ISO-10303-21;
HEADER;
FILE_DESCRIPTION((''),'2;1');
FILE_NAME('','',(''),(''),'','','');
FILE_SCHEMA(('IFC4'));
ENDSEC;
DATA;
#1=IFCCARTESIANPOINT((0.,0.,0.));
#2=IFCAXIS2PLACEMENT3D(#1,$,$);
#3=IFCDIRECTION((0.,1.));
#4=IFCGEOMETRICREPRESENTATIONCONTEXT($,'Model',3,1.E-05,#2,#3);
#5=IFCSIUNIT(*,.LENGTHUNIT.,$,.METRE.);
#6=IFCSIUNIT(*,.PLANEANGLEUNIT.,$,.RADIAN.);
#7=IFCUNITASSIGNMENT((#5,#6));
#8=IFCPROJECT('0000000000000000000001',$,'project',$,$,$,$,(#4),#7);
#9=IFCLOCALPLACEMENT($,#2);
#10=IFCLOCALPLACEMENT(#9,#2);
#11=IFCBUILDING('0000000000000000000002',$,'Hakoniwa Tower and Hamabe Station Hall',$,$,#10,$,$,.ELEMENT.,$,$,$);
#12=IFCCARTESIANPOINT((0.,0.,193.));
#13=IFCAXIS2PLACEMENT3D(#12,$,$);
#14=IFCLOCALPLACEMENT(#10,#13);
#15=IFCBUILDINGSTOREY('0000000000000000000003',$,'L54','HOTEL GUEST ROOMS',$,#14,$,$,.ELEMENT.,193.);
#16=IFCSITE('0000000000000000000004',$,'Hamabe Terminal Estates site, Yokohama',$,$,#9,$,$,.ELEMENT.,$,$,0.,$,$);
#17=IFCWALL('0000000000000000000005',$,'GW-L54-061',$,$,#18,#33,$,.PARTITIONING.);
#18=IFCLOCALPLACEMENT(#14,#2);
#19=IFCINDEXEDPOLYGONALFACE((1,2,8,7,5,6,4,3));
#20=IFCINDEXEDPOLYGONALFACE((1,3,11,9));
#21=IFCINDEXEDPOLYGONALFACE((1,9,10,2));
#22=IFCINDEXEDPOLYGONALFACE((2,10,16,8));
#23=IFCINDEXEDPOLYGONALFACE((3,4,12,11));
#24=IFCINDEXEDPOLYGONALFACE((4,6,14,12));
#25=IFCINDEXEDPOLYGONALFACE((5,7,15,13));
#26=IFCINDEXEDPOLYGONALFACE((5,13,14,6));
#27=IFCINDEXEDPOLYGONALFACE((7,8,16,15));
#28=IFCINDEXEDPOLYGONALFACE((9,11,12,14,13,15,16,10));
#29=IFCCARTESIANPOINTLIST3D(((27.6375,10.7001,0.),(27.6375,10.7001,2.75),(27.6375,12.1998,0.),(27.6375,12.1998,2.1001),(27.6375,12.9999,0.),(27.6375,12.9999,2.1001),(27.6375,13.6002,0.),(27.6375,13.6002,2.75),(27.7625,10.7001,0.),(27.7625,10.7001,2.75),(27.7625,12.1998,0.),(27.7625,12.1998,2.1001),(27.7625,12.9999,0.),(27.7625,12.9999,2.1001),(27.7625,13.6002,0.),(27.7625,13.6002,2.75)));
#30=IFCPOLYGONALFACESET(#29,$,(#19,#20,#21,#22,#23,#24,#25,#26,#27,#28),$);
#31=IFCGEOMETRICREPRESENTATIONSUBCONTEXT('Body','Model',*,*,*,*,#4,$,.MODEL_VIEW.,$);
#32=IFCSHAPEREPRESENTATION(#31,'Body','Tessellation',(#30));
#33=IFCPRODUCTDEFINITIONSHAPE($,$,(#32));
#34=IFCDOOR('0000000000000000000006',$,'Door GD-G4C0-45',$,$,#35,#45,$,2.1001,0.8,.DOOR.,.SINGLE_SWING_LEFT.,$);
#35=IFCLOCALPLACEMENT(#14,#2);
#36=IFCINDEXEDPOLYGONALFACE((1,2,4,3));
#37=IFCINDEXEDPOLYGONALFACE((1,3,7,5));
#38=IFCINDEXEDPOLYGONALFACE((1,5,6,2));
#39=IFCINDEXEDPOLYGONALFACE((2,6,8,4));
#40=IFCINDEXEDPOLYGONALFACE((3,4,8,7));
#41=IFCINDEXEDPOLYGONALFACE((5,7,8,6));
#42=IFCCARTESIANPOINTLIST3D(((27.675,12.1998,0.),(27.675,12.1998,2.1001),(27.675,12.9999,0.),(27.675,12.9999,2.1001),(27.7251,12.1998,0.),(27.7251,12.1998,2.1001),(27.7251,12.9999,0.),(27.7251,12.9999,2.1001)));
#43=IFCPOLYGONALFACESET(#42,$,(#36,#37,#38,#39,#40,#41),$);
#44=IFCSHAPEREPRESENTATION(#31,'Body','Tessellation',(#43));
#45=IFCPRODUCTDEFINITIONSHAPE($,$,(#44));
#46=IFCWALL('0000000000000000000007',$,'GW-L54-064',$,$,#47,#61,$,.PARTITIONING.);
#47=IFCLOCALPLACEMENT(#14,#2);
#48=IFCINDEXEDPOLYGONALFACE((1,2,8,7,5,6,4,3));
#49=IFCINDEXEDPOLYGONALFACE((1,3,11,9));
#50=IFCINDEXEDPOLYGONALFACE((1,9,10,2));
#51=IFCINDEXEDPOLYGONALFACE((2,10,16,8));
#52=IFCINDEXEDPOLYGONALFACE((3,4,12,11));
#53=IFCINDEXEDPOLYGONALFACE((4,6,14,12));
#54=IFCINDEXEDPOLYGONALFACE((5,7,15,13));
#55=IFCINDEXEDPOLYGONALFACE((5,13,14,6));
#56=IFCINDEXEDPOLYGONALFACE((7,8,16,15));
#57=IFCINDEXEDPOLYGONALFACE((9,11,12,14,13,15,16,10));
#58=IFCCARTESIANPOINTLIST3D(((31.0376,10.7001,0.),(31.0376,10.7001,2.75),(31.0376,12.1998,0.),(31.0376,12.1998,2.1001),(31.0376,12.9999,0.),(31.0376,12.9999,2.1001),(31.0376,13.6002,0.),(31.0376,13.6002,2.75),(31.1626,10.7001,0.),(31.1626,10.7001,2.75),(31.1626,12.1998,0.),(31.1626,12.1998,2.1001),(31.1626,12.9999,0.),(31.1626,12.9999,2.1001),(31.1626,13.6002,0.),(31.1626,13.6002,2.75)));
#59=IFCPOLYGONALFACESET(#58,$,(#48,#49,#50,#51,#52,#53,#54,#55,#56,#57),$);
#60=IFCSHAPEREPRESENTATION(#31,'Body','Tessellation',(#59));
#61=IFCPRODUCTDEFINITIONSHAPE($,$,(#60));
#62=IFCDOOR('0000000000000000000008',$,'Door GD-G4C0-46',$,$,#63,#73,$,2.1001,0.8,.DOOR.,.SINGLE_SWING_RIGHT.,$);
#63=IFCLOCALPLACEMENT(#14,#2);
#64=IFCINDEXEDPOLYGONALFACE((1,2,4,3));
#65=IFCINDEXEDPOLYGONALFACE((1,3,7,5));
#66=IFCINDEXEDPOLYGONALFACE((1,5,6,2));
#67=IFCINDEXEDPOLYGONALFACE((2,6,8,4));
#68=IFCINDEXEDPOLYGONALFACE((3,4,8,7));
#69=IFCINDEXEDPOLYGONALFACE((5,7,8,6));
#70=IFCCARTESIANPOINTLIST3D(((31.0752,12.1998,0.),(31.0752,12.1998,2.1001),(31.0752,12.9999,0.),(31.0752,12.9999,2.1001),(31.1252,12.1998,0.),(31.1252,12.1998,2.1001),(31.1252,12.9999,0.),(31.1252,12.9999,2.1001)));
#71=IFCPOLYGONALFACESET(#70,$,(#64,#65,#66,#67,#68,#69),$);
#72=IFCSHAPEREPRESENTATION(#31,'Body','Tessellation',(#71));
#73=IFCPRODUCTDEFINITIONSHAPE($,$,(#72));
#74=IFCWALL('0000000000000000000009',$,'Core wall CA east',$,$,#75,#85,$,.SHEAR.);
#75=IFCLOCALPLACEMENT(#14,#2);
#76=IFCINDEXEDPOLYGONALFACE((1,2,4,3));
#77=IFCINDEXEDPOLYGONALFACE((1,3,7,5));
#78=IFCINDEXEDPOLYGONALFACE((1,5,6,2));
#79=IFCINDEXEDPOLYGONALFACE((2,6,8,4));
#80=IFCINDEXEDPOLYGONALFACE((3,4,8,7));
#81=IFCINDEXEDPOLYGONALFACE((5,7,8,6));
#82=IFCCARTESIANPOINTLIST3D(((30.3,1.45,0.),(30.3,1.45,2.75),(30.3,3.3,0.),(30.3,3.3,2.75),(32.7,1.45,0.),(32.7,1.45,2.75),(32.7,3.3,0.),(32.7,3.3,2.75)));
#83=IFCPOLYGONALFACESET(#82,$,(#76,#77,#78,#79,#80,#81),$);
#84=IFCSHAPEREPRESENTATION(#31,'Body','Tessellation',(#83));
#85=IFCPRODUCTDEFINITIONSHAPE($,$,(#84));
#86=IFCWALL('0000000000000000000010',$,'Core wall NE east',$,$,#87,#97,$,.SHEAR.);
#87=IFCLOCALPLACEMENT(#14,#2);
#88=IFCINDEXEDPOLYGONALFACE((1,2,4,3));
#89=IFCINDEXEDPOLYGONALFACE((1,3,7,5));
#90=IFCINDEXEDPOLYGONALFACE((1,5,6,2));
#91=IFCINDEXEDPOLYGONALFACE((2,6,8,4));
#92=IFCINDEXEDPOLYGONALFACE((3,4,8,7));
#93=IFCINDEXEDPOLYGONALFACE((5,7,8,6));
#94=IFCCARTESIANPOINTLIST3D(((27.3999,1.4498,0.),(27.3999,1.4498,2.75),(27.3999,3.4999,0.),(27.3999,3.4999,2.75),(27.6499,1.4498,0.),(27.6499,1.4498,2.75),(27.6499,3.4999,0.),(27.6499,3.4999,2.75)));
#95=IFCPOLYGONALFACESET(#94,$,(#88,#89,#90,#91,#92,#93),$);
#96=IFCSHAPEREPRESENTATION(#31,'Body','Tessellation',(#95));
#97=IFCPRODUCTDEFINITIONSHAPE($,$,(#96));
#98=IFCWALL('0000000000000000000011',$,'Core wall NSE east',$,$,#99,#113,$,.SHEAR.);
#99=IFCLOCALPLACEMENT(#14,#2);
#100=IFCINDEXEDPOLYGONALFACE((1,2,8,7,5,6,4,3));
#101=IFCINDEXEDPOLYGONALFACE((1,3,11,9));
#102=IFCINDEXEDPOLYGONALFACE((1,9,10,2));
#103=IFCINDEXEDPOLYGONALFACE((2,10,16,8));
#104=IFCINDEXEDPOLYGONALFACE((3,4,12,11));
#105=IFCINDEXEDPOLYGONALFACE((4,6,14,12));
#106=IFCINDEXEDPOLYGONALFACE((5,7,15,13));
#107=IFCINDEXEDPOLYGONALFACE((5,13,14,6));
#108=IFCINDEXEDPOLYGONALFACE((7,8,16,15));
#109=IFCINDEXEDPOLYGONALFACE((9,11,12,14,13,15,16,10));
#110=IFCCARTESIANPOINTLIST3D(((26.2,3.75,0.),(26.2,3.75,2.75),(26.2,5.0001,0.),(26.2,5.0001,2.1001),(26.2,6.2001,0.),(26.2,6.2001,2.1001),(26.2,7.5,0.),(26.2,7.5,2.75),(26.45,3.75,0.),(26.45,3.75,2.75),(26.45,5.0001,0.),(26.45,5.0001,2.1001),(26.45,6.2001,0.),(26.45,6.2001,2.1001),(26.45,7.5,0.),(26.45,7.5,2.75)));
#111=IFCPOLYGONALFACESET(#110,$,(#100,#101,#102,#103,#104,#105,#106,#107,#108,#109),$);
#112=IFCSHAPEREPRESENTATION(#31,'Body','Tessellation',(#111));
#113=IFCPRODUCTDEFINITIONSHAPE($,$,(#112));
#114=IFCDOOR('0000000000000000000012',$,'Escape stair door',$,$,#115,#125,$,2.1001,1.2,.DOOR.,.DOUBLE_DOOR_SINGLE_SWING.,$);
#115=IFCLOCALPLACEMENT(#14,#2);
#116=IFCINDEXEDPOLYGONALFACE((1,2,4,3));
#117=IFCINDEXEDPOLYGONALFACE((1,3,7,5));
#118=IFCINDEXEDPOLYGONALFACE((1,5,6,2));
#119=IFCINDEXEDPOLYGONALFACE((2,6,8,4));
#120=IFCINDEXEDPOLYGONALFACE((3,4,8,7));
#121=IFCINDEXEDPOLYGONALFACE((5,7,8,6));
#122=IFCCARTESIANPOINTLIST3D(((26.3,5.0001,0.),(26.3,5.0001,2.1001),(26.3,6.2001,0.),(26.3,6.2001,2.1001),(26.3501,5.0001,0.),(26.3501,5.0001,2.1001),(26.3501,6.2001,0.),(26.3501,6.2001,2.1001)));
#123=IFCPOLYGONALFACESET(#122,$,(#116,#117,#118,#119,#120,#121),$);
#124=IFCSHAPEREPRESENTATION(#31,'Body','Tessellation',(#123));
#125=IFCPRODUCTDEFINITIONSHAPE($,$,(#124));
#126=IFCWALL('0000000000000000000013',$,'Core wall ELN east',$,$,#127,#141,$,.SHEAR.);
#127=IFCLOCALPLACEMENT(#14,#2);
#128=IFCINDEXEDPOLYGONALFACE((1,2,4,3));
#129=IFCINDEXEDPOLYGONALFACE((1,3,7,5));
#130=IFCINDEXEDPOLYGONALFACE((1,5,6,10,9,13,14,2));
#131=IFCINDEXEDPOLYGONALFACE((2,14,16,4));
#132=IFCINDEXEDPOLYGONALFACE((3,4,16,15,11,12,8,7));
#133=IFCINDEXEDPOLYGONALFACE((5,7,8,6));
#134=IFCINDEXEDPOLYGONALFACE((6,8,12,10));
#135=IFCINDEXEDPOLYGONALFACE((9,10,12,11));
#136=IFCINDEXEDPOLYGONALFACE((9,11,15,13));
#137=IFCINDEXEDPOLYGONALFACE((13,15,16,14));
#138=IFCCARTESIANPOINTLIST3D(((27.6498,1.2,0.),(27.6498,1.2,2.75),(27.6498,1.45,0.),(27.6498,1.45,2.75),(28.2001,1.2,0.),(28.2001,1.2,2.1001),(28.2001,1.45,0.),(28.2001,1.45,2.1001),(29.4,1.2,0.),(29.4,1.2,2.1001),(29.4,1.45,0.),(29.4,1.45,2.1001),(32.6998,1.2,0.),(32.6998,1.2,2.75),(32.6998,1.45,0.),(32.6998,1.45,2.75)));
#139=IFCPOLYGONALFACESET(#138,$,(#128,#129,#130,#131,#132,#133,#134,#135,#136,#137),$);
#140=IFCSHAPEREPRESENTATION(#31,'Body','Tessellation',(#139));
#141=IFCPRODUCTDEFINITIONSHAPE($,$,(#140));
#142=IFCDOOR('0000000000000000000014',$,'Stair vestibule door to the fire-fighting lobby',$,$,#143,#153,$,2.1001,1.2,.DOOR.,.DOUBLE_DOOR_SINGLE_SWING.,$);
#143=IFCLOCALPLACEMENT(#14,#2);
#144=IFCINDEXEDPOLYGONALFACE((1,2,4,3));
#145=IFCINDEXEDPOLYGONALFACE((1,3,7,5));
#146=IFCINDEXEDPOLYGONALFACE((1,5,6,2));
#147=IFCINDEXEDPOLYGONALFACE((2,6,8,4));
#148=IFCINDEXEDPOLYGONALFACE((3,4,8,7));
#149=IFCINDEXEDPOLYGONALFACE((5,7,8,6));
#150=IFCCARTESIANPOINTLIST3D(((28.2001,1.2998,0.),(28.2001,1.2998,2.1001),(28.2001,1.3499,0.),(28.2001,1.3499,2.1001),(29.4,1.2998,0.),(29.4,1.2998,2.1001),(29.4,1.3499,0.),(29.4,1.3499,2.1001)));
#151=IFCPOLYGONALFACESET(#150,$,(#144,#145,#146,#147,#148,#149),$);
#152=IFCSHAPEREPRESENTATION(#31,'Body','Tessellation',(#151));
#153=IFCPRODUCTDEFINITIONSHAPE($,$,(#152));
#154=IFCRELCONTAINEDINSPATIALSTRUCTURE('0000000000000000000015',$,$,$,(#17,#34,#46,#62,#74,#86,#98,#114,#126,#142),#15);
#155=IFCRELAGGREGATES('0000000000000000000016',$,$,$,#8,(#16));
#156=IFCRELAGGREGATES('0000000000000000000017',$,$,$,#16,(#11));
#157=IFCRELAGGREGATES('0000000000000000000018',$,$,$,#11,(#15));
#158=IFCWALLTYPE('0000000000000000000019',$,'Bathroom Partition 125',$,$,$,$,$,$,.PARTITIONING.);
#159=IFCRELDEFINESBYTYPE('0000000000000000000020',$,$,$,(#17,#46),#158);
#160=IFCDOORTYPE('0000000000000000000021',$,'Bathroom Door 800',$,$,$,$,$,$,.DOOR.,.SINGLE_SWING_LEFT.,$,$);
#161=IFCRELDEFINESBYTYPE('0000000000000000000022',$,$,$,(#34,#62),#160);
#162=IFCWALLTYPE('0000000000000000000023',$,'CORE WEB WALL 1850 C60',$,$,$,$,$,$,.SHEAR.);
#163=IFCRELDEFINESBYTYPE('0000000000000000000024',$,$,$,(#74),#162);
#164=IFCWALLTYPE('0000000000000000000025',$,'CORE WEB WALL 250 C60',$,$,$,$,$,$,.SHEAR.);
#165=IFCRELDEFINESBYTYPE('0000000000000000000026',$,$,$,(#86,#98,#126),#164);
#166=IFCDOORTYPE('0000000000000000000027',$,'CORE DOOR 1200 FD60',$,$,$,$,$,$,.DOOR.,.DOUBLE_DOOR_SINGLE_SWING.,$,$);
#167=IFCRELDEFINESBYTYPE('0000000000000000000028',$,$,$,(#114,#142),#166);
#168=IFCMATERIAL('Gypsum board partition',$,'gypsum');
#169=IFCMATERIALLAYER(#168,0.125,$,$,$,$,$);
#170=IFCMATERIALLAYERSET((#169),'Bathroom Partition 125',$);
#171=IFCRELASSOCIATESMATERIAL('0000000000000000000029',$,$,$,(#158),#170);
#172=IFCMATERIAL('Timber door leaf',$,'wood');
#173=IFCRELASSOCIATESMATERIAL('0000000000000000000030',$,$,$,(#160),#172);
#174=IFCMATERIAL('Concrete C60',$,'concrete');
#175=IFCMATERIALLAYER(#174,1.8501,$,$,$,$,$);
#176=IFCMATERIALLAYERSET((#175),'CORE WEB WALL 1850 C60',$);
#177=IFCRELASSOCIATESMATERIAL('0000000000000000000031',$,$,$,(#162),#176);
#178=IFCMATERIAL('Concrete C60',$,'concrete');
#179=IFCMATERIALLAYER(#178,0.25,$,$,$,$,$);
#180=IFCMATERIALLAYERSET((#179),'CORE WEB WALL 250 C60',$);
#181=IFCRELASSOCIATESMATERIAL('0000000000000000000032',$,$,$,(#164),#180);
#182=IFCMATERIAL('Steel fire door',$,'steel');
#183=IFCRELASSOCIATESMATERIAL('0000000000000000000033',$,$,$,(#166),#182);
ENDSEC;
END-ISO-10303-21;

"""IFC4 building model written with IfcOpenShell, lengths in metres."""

from ifc_helpers import new_model, si_unit, direction, frame, frame_2d, origin, place, context, subcontext, project, spatial, rectangle, extrude, material, layer, layer_set, type_object, element, fill, save


model = new_model("IFC4")

# Units and contexts
model_context = context("Model", 3, precision=1e-05, world=origin(), true_north=direction((0.0, 1.0)))
body_context = subcontext(model_context, "Body", "Model", "MODEL_VIEW")
ifc_project = project(units=[si_unit("LENGTHUNIT", "METRE"), si_unit("PLANEANGLEUNIT", "RADIAN")], contexts=[model_context])

# Site, building, storey
site_placement = place(None, origin())
site = spatial("IfcSite", under=ifc_project, at=site_placement, Name="Hamabe Terminal Estates site, Yokohama", CompositionType="ELEMENT", RefElevation=0.0)
building_placement = place(site_placement, origin())
building = spatial("IfcBuilding", under=site, at=building_placement, Name="Hakoniwa Tower and Hamabe Station Hall", CompositionType="ELEMENT")
storey_placement = place(building_placement, frame((0.0, 0.0, 193.0)))
storey = spatial("IfcBuildingStorey", under=building, at=storey_placement, Name="L54", Description="HOTEL GUEST ROOMS", CompositionType="ELEMENT", Elevation=193.0)

# Walls, openings, doors
ifc_material_1 = material(Name="Gypsum board partition", Category="gypsum")
ifc_layer_1 = layer(ifc_material_1, 0.125)
ifc_layer_set_1 = layer_set([ifc_layer_1], Name="Bathroom Partition 125")
wall_type_1 = type_object("IfcWallType", Name="Bathroom Partition 125", PredefinedType="PARTITIONING", material=ifc_layer_set_1)
wall_1_placement = place(storey_placement, frame((27.7, 10.7, 0.0), z_axis=(0.0, 0.0, 1.0), x_axis=(0.0, 1.0, 0.0)))
wall_1 = element("IfcWall", 1, at=wall_1_placement, inside=storey, type_object=wall_type_1, Name="GW-L54-061", PredefinedType="PARTITIONING", context=body_context, shape_type="SweptSolid", body=[
    extrude(rectangle(XDim=2.9001, YDim=0.125, at=frame_2d((1.4502, 0.0))), origin(), (0.0, 0.0, 1.0), 2.75),
])
opening_1_placement = place(wall_1_placement, frame((1.5, 0.0, 0.0)))
opening_1 = element("IfcOpeningElement", 2, at=opening_1_placement, cuts=wall_1, PredefinedType="OPENING", context=body_context, shape_type="SweptSolid", body=[
    extrude(rectangle(XDim=0.8, YDim=2.1001, at=frame_2d((0.3999, 1.05))), frame((0.0, 0.0725, 0.0), z_axis=(0.0, -1.0, 0.0), x_axis=(1.0, 0.0, 0.0)), (0.0, 0.0, 1.0), 0.145),
])
ifc_material_2 = material(Name="Timber door leaf", Category="wood")
door_type_1 = type_object("IfcDoorType", Name="Bathroom Door 800", OperationType="SINGLE_SWING_LEFT", PredefinedType="DOOR", material=ifc_material_2)
door_1_placement = place(opening_1_placement, origin())
door_1 = element("IfcDoor", 3, at=door_1_placement, inside=storey, type_object=door_type_1, Name="Door GD-G4C0-45", OperationType="SINGLE_SWING_LEFT", OverallHeight=2.1001, OverallWidth=0.8, PredefinedType="DOOR", context=body_context, shape_type="SweptSolid", body=[
    extrude(rectangle(XDim=0.8, YDim=2.1001, at=frame_2d((0.3999, 1.05))), frame((0.0, 0.0249, 0.0), z_axis=(0.0, -1.0, 0.0), x_axis=(1.0, 0.0, 0.0)), (0.0, 0.0, 1.0), 0.05),
])
fill(opening_1, door_1)
wall_2_placement = place(storey_placement, frame((31.1001, 10.7, 0.0), z_axis=(0.0, 0.0, 1.0), x_axis=(0.0, 1.0, 0.0)))
wall_2 = element("IfcWall", 4, at=wall_2_placement, inside=storey, type_object=wall_type_1, Name="GW-L54-064", PredefinedType="PARTITIONING", context=body_context, shape_type="SweptSolid", body=[
    extrude(rectangle(XDim=2.9001, YDim=0.125, at=frame_2d((1.4502, 0.0))), origin(), (0.0, 0.0, 1.0), 2.75),
])
opening_2_placement = place(wall_2_placement, frame((1.5, 0.0, 0.0)))
opening_2 = element("IfcOpeningElement", 5, at=opening_2_placement, cuts=wall_2, PredefinedType="OPENING", context=body_context, shape_type="SweptSolid", body=[
    extrude(rectangle(XDim=0.8, YDim=2.1001, at=frame_2d((0.3999, 1.05))), frame((0.0, 0.0725, 0.0), z_axis=(0.0, -1.0, 0.0), x_axis=(1.0, 0.0, 0.0)), (0.0, 0.0, 1.0), 0.145),
])
door_2_placement = place(opening_2_placement, origin())
door_2 = element("IfcDoor", 6, at=door_2_placement, inside=storey, type_object=door_type_1, Name="Door GD-G4C0-46", OperationType="SINGLE_SWING_RIGHT", OverallHeight=2.1001, OverallWidth=0.8, PredefinedType="DOOR", context=body_context, shape_type="SweptSolid", body=[
    extrude(rectangle(XDim=0.8, YDim=2.1001, at=frame_2d((0.3999, 1.05))), frame((0.0, 0.0249, 0.0), z_axis=(0.0, -1.0, 0.0), x_axis=(1.0, 0.0, 0.0)), (0.0, 0.0, 1.0), 0.05),
])
fill(opening_2, door_2)

# Walls
ifc_material_3 = material(Name="Concrete C60", Category="concrete")
ifc_layer_2 = layer(ifc_material_3, 1.8501)
ifc_layer_set_2 = layer_set([ifc_layer_2], Name="CORE WEB WALL 1850 C60")
wall_type_2 = type_object("IfcWallType", Name="CORE WEB WALL 1850 C60", PredefinedType="SHEAR", material=ifc_layer_set_2)
wall_3_placement = place(storey_placement, frame((30.3, 2.375, 0.0), z_axis=(0.0, 0.0, 1.0), x_axis=(1.0, 0.0, 0.0)))
element("IfcWall", 7, at=wall_3_placement, inside=storey, type_object=wall_type_2, Name="Core wall CA east", PredefinedType="SHEAR", context=body_context, shape_type="SweptSolid", body=[
    extrude(rectangle(XDim=2.3999, YDim=1.8501, at=frame_2d((1.2, 0.0))), origin(), (0.0, 0.0, 1.0), 2.75),
])
ifc_material_4 = material(Name="Concrete C60", Category="concrete")
ifc_layer_3 = layer(ifc_material_4, 0.25)
ifc_layer_set_3 = layer_set([ifc_layer_3], Name="CORE WEB WALL 250 C60")
wall_type_3 = type_object("IfcWallType", Name="CORE WEB WALL 250 C60", PredefinedType="SHEAR", material=ifc_layer_set_3)
wall_4_placement = place(storey_placement, frame((27.5249, 1.45, 0.0), z_axis=(0.0, 0.0, 1.0), x_axis=(0.0, 1.0, 0.0)))
element("IfcWall", 8, at=wall_4_placement, inside=storey, type_object=wall_type_3, Name="Core wall NE east", PredefinedType="SHEAR", context=body_context, shape_type="SweptSolid", body=[
    extrude(rectangle(XDim=2.05, YDim=0.25, at=frame_2d((1.0249, 0.0))), origin(), (0.0, 0.0, 1.0), 2.75),
])

# Walls, openings, doors
wall_5_placement = place(storey_placement, frame((26.325, 3.75, 0.0), z_axis=(0.0, 0.0, 1.0), x_axis=(0.0, 1.0, 0.0)))
wall_5 = element("IfcWall", 9, at=wall_5_placement, inside=storey, type_object=wall_type_3, Name="Core wall NSE east", PredefinedType="SHEAR", context=body_context, shape_type="SweptSolid", body=[
    extrude(rectangle(XDim=3.75, YDim=0.25, at=frame_2d((1.875, 0.0))), origin(), (0.0, 0.0, 1.0), 2.75),
])
opening_3_placement = place(wall_5_placement, frame((1.25, 0.0, 0.0)))
opening_3 = element("IfcOpeningElement", 10, at=opening_3_placement, cuts=wall_5, PredefinedType="OPENING", context=body_context, shape_type="SweptSolid", body=[
    extrude(rectangle(XDim=1.2, YDim=2.1001, at=frame_2d((0.6001, 1.05))), frame((0.0, 0.135, 0.0), z_axis=(0.0, -1.0, 0.0), x_axis=(1.0, 0.0, 0.0)), (0.0, 0.0, 1.0), 0.27),
])
ifc_material_5 = material(Name="Steel fire door", Category="steel")
door_type_2 = type_object("IfcDoorType", Name="CORE DOOR 1200 FD60", OperationType="DOUBLE_DOOR_SINGLE_SWING", PredefinedType="DOOR", material=ifc_material_5)
door_3_placement = place(opening_3_placement, origin())
door_3 = element("IfcDoor", 11, at=door_3_placement, inside=storey, type_object=door_type_2, Name="Escape stair door", OperationType="DOUBLE_DOOR_SINGLE_SWING", OverallHeight=2.1001, OverallWidth=1.2, PredefinedType="DOOR", context=body_context, shape_type="SweptSolid", body=[
    extrude(rectangle(XDim=1.2, YDim=2.1001, at=frame_2d((0.6001, 1.05))), frame((0.0, 0.0249, 0.0), z_axis=(0.0, -1.0, 0.0), x_axis=(1.0, 0.0, 0.0)), (0.0, 0.0, 1.0), 0.05),
])
fill(opening_3, door_3)
wall_6_placement = place(storey_placement, frame((27.6499, 1.325, 0.0), z_axis=(0.0, 0.0, 1.0), x_axis=(1.0, 0.0, 0.0)))
wall_6 = element("IfcWall", 12, at=wall_6_placement, inside=storey, type_object=wall_type_3, Name="Core wall ELN east", PredefinedType="SHEAR", context=body_context, shape_type="SweptSolid", body=[
    extrude(rectangle(XDim=5.05, YDim=0.25, at=frame_2d((2.5249, 0.0))), origin(), (0.0, 0.0, 1.0), 2.75),
])
opening_4_placement = place(wall_6_placement, frame((0.55, 0.0, 0.0)))
opening_4 = element("IfcOpeningElement", 13, at=opening_4_placement, cuts=wall_6, PredefinedType="OPENING", context=body_context, shape_type="SweptSolid", body=[
    extrude(rectangle(XDim=1.2, YDim=2.1001, at=frame_2d((0.6001, 1.05))), frame((0.0, 0.135, 0.0), z_axis=(0.0, -1.0, 0.0), x_axis=(1.0, 0.0, 0.0)), (0.0, 0.0, 1.0), 0.27),
])
door_4_placement = place(opening_4_placement, origin())
door_4 = element("IfcDoor", 14, at=door_4_placement, inside=storey, type_object=door_type_2, Name="Stair vestibule door to the fire-fighting lobby", OperationType="DOUBLE_DOOR_SINGLE_SWING", OverallHeight=2.1001, OverallWidth=1.2, PredefinedType="DOOR", context=body_context, shape_type="SweptSolid", body=[
    extrude(rectangle(XDim=1.2, YDim=2.1001, at=frame_2d((0.6001, 1.05))), frame((0.0, 0.0249, 0.0), z_axis=(0.0, -1.0, 0.0), x_axis=(1.0, 0.0, 0.0)), (0.0, 0.0, 1.0), 0.05),
])
fill(opening_4, door_4)

save(model, "model.ifc")
